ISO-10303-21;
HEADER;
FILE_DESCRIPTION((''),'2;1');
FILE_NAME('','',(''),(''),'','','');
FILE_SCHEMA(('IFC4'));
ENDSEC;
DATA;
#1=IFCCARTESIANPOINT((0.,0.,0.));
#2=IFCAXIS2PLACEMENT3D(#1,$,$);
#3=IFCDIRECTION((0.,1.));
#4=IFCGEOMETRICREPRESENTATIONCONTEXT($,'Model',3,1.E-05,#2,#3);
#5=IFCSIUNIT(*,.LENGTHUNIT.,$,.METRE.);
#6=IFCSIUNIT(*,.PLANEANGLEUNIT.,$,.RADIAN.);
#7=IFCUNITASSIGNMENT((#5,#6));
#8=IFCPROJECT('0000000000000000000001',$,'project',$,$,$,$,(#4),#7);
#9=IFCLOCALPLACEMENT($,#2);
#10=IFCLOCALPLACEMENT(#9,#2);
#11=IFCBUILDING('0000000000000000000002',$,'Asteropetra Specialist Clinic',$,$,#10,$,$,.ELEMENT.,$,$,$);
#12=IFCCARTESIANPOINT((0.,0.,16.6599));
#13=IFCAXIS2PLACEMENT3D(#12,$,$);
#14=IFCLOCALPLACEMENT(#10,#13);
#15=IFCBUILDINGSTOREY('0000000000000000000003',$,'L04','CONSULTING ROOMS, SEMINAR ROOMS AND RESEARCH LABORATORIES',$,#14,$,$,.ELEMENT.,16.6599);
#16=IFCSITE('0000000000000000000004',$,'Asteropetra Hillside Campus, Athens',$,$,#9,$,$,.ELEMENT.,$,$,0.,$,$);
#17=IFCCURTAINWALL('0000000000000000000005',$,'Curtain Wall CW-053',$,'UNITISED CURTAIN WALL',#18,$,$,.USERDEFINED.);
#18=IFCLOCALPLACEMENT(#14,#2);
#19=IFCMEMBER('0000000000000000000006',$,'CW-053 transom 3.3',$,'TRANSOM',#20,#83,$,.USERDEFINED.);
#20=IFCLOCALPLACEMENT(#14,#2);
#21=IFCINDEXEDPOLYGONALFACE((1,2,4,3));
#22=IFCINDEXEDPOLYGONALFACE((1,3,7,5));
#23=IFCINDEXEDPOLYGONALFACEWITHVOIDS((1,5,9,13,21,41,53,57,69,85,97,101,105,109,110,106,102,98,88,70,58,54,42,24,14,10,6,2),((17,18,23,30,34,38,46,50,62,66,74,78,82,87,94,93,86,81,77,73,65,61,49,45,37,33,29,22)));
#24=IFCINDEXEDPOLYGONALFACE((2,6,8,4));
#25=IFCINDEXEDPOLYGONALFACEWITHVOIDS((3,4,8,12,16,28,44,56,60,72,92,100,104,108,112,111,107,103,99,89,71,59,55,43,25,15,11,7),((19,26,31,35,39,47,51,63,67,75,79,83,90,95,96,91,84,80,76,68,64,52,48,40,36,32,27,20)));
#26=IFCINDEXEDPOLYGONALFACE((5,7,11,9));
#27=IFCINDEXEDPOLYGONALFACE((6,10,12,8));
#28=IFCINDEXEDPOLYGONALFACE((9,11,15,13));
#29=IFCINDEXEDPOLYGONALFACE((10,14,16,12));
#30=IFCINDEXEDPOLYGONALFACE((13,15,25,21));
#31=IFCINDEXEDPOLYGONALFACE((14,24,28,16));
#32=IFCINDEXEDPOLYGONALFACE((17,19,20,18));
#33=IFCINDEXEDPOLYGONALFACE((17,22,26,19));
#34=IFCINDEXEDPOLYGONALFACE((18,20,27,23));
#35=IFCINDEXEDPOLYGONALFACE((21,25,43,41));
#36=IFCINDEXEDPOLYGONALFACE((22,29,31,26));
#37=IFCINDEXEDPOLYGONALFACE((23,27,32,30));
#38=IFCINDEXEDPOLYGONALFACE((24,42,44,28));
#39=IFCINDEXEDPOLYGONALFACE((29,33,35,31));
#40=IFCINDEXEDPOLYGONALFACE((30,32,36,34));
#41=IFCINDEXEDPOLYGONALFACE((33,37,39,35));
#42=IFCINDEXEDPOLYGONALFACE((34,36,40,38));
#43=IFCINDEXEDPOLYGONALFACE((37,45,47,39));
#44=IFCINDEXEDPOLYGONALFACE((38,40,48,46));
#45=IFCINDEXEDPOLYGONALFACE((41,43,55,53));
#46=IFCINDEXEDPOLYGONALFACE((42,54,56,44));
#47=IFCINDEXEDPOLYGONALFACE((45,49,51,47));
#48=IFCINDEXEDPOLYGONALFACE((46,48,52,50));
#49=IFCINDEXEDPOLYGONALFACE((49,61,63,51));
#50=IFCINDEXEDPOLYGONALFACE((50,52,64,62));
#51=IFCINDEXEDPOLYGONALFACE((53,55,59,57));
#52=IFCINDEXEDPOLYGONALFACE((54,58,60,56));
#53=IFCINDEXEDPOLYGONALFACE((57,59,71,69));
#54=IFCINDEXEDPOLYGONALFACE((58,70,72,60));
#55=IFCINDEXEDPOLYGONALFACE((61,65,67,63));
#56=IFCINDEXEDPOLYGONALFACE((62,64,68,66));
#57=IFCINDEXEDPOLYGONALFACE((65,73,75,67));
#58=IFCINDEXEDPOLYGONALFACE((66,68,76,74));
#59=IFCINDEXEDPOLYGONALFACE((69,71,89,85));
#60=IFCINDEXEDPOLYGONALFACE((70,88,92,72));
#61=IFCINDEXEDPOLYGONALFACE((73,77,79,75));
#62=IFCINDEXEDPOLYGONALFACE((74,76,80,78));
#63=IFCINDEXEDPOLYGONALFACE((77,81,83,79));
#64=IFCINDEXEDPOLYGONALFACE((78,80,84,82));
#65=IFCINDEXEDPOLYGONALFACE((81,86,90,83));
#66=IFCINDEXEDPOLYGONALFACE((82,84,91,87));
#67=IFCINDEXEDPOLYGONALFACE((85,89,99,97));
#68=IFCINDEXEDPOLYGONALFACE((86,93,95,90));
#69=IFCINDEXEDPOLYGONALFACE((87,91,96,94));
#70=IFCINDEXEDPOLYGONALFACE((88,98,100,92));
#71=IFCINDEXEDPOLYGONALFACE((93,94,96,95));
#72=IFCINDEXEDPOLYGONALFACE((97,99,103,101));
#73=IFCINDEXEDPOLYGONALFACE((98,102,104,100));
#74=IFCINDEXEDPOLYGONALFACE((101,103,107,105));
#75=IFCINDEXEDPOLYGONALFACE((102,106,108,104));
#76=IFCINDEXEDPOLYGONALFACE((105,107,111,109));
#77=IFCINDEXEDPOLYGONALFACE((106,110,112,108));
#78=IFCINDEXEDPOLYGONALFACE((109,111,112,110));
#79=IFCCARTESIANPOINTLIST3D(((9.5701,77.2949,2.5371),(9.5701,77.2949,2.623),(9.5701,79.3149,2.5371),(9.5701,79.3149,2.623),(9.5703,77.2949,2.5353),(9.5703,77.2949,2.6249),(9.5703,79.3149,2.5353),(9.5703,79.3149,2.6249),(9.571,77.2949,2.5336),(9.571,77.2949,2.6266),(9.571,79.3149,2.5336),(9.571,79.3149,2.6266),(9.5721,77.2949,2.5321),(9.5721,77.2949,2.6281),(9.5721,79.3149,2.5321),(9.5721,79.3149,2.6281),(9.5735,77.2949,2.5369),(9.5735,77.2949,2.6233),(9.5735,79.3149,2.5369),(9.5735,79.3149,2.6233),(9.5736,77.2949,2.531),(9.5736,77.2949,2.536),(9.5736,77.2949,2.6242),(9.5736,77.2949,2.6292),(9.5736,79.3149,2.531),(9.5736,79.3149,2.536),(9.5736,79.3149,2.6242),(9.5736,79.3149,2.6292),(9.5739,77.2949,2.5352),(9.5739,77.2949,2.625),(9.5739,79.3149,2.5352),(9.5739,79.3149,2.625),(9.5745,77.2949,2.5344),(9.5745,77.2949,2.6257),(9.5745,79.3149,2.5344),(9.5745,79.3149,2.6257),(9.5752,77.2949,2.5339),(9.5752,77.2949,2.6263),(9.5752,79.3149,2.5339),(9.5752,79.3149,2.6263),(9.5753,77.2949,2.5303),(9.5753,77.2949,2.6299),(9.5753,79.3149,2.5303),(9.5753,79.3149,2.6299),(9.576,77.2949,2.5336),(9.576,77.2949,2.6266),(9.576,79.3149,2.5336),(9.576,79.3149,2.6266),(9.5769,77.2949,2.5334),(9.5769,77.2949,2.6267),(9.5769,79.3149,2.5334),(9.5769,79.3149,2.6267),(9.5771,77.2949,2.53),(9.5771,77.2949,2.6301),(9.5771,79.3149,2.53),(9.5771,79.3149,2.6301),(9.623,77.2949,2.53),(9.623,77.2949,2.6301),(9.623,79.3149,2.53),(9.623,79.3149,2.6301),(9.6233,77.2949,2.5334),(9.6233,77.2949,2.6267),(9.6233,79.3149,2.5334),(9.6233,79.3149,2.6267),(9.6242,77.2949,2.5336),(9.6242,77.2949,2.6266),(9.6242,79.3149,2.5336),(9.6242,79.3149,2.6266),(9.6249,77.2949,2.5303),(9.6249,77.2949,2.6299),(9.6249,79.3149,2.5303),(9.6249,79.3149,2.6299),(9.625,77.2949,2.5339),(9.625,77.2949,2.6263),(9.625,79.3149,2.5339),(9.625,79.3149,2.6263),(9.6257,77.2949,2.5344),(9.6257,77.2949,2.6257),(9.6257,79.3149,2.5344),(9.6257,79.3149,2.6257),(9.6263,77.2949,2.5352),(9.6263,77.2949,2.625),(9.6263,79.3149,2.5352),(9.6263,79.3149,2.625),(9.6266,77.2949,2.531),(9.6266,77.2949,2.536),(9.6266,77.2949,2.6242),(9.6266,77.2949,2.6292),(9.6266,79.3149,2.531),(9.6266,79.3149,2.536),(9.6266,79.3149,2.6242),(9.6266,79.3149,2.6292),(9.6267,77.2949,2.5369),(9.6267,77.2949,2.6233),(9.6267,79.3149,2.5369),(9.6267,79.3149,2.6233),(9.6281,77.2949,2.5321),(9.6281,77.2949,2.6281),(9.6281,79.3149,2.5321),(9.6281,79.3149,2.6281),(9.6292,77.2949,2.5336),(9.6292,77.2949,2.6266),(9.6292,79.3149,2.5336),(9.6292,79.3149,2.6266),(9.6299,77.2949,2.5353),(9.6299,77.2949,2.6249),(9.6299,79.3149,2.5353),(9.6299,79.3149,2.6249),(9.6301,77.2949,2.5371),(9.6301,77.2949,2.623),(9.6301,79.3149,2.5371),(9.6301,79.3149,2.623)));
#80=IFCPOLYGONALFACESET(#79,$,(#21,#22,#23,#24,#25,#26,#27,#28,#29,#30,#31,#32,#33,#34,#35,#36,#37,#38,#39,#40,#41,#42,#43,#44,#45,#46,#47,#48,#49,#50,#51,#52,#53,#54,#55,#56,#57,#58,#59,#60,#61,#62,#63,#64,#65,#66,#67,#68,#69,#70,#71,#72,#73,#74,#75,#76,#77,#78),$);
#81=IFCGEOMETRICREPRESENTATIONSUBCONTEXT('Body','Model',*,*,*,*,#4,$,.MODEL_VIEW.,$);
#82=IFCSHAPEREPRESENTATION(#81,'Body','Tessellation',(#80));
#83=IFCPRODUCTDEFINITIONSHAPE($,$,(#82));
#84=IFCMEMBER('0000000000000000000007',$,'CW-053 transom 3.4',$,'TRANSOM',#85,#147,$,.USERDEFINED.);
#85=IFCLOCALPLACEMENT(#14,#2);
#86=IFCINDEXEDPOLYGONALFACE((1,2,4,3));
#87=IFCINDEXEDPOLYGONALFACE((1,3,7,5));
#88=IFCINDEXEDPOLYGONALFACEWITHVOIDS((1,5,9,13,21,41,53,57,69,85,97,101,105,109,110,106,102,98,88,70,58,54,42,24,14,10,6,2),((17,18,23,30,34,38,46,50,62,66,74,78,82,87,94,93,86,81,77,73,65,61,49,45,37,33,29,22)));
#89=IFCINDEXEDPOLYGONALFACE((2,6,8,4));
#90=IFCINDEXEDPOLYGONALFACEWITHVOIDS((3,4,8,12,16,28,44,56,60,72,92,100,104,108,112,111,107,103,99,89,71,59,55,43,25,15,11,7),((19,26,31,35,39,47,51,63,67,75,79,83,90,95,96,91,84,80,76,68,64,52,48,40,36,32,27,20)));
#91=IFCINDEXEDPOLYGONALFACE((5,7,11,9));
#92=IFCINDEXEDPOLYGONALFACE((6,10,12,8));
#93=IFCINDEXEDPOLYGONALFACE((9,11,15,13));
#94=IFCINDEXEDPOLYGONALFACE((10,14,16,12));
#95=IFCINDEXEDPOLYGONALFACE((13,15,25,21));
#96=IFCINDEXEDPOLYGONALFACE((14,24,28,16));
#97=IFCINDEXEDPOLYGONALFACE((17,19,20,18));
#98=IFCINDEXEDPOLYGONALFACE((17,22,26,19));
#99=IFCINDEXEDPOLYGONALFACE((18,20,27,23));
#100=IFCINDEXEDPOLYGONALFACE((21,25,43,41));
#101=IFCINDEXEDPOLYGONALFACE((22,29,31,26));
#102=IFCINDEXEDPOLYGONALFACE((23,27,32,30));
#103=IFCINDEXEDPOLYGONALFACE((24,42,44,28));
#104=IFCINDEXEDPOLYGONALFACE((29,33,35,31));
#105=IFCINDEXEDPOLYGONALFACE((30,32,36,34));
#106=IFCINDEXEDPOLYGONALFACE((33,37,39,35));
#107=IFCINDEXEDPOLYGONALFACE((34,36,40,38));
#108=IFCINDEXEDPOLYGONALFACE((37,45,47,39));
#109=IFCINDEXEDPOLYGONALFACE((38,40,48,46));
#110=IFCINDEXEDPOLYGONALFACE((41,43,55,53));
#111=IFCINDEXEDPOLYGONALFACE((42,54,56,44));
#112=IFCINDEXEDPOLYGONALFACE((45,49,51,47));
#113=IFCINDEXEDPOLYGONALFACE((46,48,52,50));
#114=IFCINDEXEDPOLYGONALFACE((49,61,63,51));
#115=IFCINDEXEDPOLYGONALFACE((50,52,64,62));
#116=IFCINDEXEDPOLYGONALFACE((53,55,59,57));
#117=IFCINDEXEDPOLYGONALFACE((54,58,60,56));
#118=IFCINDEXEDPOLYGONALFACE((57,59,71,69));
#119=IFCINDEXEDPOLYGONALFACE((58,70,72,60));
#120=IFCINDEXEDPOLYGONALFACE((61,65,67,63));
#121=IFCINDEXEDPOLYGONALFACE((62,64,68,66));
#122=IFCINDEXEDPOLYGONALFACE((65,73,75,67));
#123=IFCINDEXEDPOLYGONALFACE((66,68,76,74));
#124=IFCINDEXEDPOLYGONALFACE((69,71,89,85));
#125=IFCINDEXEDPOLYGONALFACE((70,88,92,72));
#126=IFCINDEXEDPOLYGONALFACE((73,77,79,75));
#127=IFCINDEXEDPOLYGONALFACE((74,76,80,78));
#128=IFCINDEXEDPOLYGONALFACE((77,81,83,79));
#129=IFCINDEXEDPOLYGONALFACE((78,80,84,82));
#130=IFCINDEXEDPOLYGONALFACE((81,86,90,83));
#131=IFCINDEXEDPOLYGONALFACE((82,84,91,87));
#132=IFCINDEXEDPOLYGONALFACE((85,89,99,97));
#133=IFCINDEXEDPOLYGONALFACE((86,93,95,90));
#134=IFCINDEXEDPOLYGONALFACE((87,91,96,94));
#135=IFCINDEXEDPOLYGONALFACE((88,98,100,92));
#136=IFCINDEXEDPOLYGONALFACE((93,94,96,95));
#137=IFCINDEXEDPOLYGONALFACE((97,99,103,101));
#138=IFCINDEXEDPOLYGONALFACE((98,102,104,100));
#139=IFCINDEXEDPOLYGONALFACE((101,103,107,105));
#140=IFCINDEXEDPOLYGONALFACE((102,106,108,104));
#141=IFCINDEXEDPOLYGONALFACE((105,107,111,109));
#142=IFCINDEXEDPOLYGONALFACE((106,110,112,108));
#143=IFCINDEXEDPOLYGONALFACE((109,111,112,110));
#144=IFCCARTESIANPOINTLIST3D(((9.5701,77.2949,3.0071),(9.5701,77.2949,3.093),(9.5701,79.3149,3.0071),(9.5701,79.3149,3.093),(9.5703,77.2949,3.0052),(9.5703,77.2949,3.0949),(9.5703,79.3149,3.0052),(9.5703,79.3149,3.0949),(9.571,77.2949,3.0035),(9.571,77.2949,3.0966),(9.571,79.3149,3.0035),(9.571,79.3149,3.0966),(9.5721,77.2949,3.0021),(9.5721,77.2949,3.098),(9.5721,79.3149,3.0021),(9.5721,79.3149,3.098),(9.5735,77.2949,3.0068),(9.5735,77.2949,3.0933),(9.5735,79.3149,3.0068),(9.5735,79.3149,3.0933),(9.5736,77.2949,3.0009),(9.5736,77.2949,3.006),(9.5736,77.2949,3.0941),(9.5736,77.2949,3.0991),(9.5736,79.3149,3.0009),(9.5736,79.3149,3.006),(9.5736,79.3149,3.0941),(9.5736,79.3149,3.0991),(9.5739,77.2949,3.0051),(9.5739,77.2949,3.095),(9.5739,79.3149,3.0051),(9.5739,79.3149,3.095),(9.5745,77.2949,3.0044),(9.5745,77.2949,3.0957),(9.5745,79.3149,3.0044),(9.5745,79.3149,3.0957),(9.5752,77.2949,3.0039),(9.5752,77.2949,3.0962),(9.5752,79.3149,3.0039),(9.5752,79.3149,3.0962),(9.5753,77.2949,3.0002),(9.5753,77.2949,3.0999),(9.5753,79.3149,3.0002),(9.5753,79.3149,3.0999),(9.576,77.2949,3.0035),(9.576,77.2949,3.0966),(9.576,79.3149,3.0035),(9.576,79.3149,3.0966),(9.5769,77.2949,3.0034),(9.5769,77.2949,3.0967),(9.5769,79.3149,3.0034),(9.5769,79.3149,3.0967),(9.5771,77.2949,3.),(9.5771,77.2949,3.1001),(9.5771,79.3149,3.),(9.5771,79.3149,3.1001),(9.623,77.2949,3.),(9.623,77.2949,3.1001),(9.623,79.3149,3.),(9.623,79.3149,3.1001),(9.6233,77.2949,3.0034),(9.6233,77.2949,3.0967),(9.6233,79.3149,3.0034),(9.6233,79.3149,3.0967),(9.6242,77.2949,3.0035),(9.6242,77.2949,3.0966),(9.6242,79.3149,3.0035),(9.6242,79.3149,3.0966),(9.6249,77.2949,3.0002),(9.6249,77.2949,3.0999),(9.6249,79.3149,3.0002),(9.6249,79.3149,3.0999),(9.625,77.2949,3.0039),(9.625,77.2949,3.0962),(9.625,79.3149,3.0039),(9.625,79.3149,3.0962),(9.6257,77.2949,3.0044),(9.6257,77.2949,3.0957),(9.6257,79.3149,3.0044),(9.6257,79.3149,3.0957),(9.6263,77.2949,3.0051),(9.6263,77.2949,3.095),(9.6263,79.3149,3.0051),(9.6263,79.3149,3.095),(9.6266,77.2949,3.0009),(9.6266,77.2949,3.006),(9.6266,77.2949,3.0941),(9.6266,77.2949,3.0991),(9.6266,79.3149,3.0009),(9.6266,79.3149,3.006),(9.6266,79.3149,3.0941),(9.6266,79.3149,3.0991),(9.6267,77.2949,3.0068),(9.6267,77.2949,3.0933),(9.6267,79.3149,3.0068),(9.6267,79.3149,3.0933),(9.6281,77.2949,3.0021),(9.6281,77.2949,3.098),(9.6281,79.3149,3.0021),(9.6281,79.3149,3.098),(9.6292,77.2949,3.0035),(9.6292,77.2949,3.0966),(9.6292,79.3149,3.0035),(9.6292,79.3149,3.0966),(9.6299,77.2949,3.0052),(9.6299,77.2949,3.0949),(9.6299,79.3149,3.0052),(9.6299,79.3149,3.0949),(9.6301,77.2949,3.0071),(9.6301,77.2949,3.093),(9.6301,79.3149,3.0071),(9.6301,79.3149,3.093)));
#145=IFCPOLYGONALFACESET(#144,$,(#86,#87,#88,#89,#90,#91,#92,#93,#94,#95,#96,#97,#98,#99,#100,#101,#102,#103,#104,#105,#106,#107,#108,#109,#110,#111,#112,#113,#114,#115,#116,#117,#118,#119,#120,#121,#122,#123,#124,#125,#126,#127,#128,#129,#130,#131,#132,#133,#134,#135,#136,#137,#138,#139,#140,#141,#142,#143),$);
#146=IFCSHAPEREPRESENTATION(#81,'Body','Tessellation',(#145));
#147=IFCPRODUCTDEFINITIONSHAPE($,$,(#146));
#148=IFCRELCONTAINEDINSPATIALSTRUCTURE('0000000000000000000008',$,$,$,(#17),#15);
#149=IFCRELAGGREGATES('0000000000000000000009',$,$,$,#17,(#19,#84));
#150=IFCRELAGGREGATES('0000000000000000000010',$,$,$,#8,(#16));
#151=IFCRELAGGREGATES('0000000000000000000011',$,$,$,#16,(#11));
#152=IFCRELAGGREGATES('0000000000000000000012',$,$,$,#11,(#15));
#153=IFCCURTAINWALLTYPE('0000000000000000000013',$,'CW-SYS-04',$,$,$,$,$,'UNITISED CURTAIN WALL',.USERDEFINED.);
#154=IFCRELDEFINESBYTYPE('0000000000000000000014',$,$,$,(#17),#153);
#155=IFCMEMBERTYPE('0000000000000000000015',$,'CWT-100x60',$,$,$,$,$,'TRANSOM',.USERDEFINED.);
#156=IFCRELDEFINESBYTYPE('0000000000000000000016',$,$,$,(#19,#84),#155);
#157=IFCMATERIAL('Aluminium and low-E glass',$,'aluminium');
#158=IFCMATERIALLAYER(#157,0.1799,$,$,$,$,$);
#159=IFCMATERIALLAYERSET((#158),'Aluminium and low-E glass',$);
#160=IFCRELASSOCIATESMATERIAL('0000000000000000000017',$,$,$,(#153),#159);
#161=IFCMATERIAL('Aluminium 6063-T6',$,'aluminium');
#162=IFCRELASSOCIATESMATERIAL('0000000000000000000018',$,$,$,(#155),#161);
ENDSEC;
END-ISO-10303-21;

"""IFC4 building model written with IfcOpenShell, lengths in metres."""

from ifc_helpers import new_model, si_unit, direction, frame, origin, origin_2d, place, context, subcontext, project, spatial, hollow_rectangle, extrude, material, layer, layer_set, material_profile, profile_set, type_object, element, aggregate, save


model = new_model("IFC4")

# Units and contexts
model_context = context("Model", 3, precision=1e-05, world=origin(), true_north=direction((0.0, 1.0)))
body_context = subcontext(model_context, "Body", "Model", "MODEL_VIEW")
ifc_project = project(units=[si_unit("LENGTHUNIT", "METRE"), si_unit("PLANEANGLEUNIT", "RADIAN")], contexts=[model_context])

# Site, building, storey
site_placement = place(None, origin())
site = spatial("IfcSite", under=ifc_project, at=site_placement, Name="Asteropetra Hillside Campus, Athens", CompositionType="ELEMENT", RefElevation=0.0)
building_placement = place(site_placement, origin())
building = spatial("IfcBuilding", under=site, at=building_placement, Name="Asteropetra Specialist Clinic", CompositionType="ELEMENT")
storey_placement = place(building_placement, frame((0.0, 0.0, 16.6599)))
storey = spatial("IfcBuildingStorey", under=building, at=storey_placement, Name="L04", Description="CONSULTING ROOMS, SEMINAR ROOMS AND RESEARCH LABORATORIES", CompositionType="ELEMENT", Elevation=16.6599)

# Curtain wall, members
ifc_material_1 = material(Name="Aluminium and low-E glass", Category="aluminium")
ifc_layer_1 = layer(ifc_material_1, 0.1799)
ifc_layer_set_1 = layer_set([ifc_layer_1], Name="Aluminium and low-E glass")
curtain_wall_type_1 = type_object("IfcCurtainWallType", Name="CW-SYS-04", ElementType="UNITISED CURTAIN WALL", PredefinedType="USERDEFINED", material=ifc_layer_set_1)
curtain_wall_1_placement = place(storey_placement, origin())
curtain_wall_1 = element("IfcCurtainWall", 1, at=curtain_wall_1_placement, inside=storey, type_object=curtain_wall_type_1, Name="Curtain Wall CW-053", ObjectType="UNITISED CURTAIN WALL", PredefinedType="USERDEFINED")
ifc_material_2 = material(Name="Aluminium 6063-T6", Category="aluminium")
ifc_material_profile_1 = material_profile(ifc_material_2, hollow_rectangle(XDim=0.0601, YDim=0.1001, WallThickness=0.0034, InnerFilletRadius=0.0034, OuterFilletRadius=0.0071, at=origin_2d()), Name="TRN 100x60x3.5")
ifc_profile_set_1 = profile_set([ifc_material_profile_1], Name="Aluminium 6063-T6")
member_type_1 = type_object("IfcMemberType", Name="CWT-100x60", ElementType="TRANSOM", PredefinedType="USERDEFINED", material=ifc_profile_set_1)
member_1_placement = place(storey_placement, frame((9.6001, 79.3149, 2.5801), z_axis=(0.0, -1.0, 0.0), x_axis=(1.0, 0.0, 0.0)))
member_1 = element("IfcMember", 2, at=member_1_placement, type_object=member_type_1, Name="CW-053 transom 3.3", ObjectType="TRANSOM", PredefinedType="USERDEFINED", context=body_context, shape_type="SweptSolid", body=[
    extrude(hollow_rectangle(XDim=0.0601, YDim=0.1001, WallThickness=0.0034, InnerFilletRadius=0.0034, OuterFilletRadius=0.0071, at=origin_2d()), origin(), (0.0, 0.0, 1.0), 2.02),
])
member_2_placement = place(storey_placement, frame((9.6001, 79.3149, 3.05), z_axis=(0.0, -1.0, 0.0), x_axis=(1.0, 0.0, 0.0)))
member_2 = element("IfcMember", 3, at=member_2_placement, type_object=member_type_1, Name="CW-053 transom 3.4", ObjectType="TRANSOM", PredefinedType="USERDEFINED", context=body_context, shape_type="SweptSolid", body=[
    extrude(hollow_rectangle(XDim=0.0601, YDim=0.1001, WallThickness=0.0034, InnerFilletRadius=0.0034, OuterFilletRadius=0.0071, at=origin_2d()), origin(), (0.0, 0.0, 1.0), 2.02),
])

aggregate(curtain_wall_1, [member_1, member_2])

save(model, "model.ifc")
